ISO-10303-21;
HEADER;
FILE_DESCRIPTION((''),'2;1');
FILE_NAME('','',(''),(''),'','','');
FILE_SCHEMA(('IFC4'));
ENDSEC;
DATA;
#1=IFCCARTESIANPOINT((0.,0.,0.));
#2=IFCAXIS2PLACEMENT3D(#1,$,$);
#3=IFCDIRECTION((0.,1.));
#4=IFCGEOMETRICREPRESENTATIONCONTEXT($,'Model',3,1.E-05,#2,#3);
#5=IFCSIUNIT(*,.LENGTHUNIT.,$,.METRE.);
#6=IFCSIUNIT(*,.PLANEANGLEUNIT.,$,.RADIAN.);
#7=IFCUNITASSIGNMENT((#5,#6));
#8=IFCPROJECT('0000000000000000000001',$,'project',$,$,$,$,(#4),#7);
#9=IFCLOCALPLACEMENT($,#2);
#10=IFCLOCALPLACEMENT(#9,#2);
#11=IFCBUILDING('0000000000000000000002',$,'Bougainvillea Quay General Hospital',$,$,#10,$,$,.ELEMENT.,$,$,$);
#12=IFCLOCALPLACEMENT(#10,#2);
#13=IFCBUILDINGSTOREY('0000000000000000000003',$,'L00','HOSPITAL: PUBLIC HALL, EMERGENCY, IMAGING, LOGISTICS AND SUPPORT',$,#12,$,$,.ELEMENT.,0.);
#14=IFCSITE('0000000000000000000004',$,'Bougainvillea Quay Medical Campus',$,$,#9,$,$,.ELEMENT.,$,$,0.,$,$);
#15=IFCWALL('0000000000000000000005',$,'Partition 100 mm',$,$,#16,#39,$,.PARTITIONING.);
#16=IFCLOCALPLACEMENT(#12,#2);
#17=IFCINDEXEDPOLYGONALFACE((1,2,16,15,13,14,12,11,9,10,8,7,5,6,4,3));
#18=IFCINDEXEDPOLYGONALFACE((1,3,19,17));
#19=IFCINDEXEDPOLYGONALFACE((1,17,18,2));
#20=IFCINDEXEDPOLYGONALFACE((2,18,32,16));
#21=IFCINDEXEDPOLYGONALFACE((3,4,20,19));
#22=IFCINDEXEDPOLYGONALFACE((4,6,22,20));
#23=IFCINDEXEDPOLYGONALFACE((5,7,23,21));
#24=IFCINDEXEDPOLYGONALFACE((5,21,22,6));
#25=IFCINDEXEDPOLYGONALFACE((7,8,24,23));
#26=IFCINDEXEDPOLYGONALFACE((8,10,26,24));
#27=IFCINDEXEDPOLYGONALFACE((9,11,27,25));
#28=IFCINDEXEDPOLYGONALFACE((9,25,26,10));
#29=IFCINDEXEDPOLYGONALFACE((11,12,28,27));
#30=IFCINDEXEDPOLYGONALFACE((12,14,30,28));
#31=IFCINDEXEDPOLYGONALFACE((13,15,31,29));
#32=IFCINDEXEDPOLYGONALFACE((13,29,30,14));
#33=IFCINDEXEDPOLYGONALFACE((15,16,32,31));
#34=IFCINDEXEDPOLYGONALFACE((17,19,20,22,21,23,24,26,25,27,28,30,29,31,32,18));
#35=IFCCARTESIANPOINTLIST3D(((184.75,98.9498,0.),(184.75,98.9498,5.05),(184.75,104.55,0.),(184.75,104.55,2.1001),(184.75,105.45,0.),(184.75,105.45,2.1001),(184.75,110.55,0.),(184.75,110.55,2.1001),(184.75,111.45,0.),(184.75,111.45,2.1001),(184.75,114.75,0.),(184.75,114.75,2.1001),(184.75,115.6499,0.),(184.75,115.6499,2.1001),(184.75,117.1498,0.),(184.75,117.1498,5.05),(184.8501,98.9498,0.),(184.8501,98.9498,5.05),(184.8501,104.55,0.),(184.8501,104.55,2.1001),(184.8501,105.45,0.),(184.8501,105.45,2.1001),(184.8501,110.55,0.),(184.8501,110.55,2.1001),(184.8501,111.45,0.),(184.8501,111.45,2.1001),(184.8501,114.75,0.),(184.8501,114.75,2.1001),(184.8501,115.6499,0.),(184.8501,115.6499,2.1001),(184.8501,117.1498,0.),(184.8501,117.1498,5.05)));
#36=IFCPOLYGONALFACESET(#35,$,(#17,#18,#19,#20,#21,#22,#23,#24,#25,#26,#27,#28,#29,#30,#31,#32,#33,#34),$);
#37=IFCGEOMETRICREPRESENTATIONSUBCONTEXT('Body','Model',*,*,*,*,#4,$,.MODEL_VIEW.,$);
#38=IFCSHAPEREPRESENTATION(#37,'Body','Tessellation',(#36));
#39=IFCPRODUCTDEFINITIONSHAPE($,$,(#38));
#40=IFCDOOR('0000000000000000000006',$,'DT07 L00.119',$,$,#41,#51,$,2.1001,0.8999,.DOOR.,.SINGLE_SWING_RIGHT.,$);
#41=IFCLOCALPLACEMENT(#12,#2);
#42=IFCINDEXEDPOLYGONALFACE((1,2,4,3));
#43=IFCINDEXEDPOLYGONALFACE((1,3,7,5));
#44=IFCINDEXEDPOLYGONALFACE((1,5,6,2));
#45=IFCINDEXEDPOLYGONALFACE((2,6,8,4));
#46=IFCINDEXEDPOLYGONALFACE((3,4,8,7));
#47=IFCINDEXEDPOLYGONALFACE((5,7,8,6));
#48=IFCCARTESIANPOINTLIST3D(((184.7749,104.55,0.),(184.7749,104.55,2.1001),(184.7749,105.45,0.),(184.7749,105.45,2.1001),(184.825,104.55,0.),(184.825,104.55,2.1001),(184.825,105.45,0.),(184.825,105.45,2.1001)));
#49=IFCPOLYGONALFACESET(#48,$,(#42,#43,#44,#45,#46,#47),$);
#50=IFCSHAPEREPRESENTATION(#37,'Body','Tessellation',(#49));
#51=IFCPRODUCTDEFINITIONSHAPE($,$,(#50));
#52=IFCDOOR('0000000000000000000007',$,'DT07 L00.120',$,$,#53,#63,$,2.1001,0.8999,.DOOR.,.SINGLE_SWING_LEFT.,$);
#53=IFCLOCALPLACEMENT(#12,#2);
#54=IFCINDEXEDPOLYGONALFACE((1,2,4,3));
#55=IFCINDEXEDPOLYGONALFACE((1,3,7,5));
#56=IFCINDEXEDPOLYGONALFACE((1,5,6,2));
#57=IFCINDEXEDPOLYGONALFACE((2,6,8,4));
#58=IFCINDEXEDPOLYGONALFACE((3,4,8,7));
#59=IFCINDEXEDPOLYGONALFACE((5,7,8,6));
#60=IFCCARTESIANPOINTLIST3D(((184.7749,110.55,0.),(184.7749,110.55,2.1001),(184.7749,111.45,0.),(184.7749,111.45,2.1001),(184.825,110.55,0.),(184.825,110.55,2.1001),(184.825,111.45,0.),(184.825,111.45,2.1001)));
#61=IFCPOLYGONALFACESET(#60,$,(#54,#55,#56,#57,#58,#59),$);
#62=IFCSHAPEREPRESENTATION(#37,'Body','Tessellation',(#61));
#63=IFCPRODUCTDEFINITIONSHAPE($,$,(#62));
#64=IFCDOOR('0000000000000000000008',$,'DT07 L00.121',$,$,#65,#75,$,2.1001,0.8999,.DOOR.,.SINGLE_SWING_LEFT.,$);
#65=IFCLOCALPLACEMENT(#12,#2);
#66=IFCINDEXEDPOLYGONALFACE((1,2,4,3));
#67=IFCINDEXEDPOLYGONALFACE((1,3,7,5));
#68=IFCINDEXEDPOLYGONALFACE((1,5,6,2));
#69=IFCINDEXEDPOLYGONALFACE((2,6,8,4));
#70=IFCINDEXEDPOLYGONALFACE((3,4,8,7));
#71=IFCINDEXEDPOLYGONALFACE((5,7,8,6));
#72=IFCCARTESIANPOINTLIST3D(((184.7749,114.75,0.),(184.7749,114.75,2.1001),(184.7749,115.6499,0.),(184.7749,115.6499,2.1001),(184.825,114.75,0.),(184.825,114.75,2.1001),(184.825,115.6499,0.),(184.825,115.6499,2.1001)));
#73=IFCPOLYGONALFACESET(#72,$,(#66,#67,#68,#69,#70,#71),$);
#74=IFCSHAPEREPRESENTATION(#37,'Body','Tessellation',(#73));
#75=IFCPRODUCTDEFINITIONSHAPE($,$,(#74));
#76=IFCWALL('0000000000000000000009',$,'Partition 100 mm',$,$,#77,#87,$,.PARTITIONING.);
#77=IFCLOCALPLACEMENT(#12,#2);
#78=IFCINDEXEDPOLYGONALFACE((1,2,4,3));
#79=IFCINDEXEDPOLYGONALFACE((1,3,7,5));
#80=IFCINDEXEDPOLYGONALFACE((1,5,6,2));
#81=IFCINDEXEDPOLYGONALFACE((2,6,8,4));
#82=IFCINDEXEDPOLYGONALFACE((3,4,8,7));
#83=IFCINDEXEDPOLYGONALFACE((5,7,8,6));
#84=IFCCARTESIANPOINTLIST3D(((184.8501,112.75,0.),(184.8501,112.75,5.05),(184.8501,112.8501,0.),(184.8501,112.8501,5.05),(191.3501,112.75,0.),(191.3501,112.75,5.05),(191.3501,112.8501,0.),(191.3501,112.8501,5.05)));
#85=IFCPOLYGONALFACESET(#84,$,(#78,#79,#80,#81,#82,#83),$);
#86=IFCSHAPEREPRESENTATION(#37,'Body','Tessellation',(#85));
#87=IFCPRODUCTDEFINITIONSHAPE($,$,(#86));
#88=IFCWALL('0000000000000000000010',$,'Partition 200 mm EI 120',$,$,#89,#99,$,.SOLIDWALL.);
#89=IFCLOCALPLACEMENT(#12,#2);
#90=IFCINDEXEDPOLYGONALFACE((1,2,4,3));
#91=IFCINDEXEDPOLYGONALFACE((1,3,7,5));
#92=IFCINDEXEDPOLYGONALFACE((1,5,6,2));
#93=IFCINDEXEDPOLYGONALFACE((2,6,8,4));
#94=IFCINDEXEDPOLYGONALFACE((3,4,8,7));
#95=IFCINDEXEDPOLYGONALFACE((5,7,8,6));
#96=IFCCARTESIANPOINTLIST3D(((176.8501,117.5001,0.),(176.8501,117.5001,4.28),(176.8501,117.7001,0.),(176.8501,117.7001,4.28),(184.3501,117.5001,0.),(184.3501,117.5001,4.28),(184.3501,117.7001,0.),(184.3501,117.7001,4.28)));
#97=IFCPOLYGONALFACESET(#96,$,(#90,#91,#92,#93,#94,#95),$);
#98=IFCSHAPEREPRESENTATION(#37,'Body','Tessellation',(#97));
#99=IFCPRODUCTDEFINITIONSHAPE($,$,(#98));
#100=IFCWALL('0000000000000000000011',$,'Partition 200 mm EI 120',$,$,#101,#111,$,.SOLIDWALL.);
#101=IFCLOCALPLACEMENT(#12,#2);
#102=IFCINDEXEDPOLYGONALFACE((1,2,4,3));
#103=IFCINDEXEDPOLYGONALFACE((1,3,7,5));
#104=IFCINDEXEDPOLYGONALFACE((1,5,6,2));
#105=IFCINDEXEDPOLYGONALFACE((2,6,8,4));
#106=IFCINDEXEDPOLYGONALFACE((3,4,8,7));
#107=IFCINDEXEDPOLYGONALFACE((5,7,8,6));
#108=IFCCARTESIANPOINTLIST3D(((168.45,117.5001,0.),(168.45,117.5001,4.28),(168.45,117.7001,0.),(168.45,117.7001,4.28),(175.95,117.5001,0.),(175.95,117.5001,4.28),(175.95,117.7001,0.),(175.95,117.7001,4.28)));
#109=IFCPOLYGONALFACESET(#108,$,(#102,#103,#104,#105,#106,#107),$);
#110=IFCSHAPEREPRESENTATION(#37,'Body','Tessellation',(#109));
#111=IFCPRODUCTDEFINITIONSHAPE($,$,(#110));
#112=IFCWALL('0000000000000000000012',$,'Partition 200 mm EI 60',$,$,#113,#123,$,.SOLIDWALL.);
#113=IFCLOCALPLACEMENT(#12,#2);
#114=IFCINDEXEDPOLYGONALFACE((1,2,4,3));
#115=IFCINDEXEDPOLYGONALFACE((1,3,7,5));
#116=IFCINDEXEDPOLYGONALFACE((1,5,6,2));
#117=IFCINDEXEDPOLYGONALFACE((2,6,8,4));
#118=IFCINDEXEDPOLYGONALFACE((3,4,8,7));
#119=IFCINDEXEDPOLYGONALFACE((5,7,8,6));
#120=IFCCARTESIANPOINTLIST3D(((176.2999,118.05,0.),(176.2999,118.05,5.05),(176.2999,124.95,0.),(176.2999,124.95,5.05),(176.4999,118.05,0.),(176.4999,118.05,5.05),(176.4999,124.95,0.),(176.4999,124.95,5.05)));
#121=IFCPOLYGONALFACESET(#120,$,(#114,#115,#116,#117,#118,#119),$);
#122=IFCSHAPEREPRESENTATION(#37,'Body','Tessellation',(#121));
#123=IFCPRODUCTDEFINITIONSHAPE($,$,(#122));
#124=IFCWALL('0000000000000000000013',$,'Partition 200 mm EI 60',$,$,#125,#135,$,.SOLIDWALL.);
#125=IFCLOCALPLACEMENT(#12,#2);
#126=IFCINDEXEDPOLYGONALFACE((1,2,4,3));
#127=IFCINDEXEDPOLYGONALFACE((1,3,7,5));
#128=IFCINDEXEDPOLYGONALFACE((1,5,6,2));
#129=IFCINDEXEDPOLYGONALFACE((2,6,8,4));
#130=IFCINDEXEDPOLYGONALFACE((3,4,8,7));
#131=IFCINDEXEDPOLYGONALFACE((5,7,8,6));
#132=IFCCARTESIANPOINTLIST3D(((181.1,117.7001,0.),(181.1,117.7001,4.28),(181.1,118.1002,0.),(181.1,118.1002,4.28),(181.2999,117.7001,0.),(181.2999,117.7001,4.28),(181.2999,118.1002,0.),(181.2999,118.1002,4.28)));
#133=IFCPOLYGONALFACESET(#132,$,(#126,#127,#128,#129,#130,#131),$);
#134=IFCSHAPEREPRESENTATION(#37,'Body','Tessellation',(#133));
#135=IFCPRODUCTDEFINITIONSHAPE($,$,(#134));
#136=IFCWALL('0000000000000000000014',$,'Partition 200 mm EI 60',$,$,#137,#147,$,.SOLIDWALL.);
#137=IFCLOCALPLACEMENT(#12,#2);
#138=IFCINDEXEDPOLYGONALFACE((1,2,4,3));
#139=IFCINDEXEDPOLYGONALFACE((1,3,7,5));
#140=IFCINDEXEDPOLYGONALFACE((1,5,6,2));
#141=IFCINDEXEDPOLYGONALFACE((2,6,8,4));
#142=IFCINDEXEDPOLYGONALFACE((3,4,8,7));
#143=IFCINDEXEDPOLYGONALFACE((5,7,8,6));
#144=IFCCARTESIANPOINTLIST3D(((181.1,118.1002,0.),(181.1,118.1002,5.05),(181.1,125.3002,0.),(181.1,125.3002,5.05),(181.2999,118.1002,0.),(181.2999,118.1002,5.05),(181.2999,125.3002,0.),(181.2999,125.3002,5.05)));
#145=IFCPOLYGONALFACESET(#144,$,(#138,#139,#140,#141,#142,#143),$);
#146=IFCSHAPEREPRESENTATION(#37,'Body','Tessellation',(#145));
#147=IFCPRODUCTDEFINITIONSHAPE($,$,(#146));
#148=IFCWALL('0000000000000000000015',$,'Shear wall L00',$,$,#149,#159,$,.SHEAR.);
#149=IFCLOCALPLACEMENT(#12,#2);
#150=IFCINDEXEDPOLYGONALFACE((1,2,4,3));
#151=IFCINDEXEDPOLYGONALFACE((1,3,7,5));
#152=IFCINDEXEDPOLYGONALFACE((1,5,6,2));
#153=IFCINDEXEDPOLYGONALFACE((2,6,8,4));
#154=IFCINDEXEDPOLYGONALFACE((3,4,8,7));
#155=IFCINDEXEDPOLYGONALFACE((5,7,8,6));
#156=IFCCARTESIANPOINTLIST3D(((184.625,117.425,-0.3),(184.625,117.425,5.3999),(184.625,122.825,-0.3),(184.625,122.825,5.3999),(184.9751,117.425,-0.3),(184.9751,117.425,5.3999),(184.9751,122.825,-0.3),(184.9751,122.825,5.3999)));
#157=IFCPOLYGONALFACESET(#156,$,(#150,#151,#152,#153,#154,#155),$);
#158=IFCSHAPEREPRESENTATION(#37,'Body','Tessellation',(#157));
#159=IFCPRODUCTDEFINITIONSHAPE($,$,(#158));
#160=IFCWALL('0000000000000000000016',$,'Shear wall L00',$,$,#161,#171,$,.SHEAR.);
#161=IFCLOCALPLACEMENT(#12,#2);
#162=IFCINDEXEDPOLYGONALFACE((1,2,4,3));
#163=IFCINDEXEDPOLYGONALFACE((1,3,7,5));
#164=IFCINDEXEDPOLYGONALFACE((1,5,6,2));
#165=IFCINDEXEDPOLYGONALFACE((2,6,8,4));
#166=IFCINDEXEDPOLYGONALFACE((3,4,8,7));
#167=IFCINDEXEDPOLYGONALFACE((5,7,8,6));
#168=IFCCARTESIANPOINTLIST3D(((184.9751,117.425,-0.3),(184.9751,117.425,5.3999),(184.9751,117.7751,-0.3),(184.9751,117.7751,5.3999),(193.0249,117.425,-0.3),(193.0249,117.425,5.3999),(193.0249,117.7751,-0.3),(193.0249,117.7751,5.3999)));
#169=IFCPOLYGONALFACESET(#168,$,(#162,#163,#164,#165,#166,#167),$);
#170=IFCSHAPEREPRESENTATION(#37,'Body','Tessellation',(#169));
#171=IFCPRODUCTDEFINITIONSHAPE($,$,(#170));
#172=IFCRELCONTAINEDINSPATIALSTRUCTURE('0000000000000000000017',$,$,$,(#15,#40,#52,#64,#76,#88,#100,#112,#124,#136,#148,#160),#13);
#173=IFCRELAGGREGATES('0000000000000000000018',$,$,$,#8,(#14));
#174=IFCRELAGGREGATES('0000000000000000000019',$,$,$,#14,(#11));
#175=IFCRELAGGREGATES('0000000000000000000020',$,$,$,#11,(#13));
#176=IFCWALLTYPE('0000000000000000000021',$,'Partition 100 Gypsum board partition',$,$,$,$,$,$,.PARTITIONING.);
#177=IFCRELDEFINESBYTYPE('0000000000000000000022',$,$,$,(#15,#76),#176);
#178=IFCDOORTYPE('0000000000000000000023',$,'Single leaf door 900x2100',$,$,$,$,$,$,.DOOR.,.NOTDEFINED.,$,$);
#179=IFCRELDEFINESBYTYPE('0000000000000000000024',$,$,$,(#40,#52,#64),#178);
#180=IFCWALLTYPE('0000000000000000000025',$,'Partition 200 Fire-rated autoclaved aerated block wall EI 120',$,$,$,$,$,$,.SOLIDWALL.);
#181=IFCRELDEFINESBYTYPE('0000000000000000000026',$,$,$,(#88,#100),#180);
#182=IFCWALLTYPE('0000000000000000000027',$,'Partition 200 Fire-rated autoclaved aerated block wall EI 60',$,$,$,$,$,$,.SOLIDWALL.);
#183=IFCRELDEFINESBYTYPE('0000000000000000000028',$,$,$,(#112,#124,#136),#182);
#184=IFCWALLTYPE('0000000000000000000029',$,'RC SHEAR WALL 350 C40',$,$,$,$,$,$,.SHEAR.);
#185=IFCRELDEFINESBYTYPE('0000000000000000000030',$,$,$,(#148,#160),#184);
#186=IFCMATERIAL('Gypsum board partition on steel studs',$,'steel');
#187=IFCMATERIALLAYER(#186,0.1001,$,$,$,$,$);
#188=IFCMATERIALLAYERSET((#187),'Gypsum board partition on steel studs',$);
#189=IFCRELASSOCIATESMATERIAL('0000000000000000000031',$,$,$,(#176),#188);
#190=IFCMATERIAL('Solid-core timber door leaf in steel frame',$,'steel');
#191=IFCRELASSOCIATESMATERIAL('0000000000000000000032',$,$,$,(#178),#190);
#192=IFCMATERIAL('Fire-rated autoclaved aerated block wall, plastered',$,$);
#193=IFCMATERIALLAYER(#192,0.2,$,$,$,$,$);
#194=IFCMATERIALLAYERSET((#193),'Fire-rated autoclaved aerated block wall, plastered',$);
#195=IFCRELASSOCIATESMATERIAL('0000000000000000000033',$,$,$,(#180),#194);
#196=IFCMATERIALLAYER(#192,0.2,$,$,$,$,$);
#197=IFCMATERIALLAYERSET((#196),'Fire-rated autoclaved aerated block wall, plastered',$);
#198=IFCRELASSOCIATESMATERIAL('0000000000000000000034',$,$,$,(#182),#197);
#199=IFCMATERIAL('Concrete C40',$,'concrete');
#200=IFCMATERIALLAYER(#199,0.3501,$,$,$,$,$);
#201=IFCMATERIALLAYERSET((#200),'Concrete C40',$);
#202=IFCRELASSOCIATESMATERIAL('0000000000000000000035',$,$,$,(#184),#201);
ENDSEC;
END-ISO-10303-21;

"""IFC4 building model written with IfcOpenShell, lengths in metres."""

from ifc_helpers import new_model, si_unit, direction, frame, frame_2d, origin, place, context, subcontext, project, spatial, rectangle, extrude, material, layer, layer_set, type_object, element, fill, save


model = new_model("IFC4")

# Units and contexts
model_context = context("Model", 3, precision=1e-05, world=origin(), true_north=direction((0.0, 1.0)))
body_context = subcontext(model_context, "Body", "Model", "MODEL_VIEW")
ifc_project = project(units=[si_unit("LENGTHUNIT", "METRE"), si_unit("PLANEANGLEUNIT", "RADIAN")], contexts=[model_context])

# Site, building, storey
site_placement = place(None, origin())
site = spatial("IfcSite", under=ifc_project, at=site_placement, Name="Bougainvillea Quay Medical Campus", CompositionType="ELEMENT", RefElevation=0.0)
building_placement = place(site_placement, origin())
building = spatial("IfcBuilding", under=site, at=building_placement, Name="Bougainvillea Quay General Hospital", CompositionType="ELEMENT")
storey_placement = place(building_placement, origin())
storey = spatial("IfcBuildingStorey", under=building, at=storey_placement, Name="L00", Description="HOSPITAL: PUBLIC HALL, EMERGENCY, IMAGING, LOGISTICS AND SUPPORT", CompositionType="ELEMENT", Elevation=0.0)

# Shared definitions
ifc_material_1 = material(Name="Concrete C40", Category="concrete")

# Shared definitions
ifc_material_2 = material(Name="Gypsum board partition on steel studs", Category="steel")
ifc_layer_1 = layer(ifc_material_2, 0.1001)
ifc_layer_set_1 = layer_set([ifc_layer_1], Name="Gypsum board partition on steel studs")
wall_type_1 = type_object("IfcWallType", Name="Partition 100 Gypsum board partition", PredefinedType="PARTITIONING", material=ifc_layer_set_1)

# Wall, openings, doors
ifc_material_3 = material(Name="Solid-core timber door leaf in steel frame", Category="steel")
door_type_1 = type_object("IfcDoorType", Name="Single leaf door 900x2100", OperationType="NOTDEFINED", PredefinedType="DOOR", material=ifc_material_3)
wall_1_placement = place(storey_placement, frame((184.8, 117.1499, 0.0), z_axis=(0.0, 0.0, 1.0), x_axis=(0.0, -1.0, 0.0)))
wall_1 = element("IfcWall", 1, at=wall_1_placement, inside=storey, type_object=wall_type_1, Name="Partition 100 mm", PredefinedType="PARTITIONING", context=body_context, shape_type="SweptSolid", body=[
    extrude(rectangle(XDim=18.2, YDim=0.1001, at=frame_2d((9.1001, 0.0))), origin(), (0.0, 0.0, 1.0), 5.05),
])
opening_1_placement = place(wall_1_placement, frame((11.7, 0.0, 0.0)))
opening_1 = element("IfcOpeningElement", 2, at=opening_1_placement, cuts=wall_1, PredefinedType="OPENING", context=body_context, shape_type="SweptSolid", body=[
    extrude(rectangle(XDim=0.8999, YDim=2.1001, at=frame_2d((0.45, 1.05))), frame((0.0, 0.0601, 0.0), z_axis=(0.0, -1.0, 0.0), x_axis=(1.0, 0.0, 0.0)), (0.0, 0.0, 1.0), 0.1201),
])
opening_2_placement = place(wall_1_placement, frame((5.7, 0.0, 0.0)))
opening_2 = element("IfcOpeningElement", 3, at=opening_2_placement, cuts=wall_1, PredefinedType="OPENING", context=body_context, shape_type="SweptSolid", body=[
    extrude(rectangle(XDim=0.8999, YDim=2.1001, at=frame_2d((0.45, 1.05))), frame((0.0, 0.0601, 0.0), z_axis=(0.0, -1.0, 0.0), x_axis=(1.0, 0.0, 0.0)), (0.0, 0.0, 1.0), 0.1201),
])
opening_3_placement = place(wall_1_placement, frame((1.5, 0.0, 0.0)))
opening_3 = element("IfcOpeningElement", 4, at=opening_3_placement, cuts=wall_1, PredefinedType="OPENING", context=body_context, shape_type="SweptSolid", body=[
    extrude(rectangle(XDim=0.8999, YDim=2.1001, at=frame_2d((0.45, 1.05))), frame((0.0, 0.0601, 0.0), z_axis=(0.0, -1.0, 0.0), x_axis=(1.0, 0.0, 0.0)), (0.0, 0.0, 1.0), 0.1201),
])
door_1_placement = place(opening_1_placement, origin())
door_1 = element("IfcDoor", 5, at=door_1_placement, inside=storey, type_object=door_type_1, Name="DT07 L00.119", OperationType="SINGLE_SWING_RIGHT", OverallHeight=2.1001, OverallWidth=0.8999, PredefinedType="DOOR", context=body_context, shape_type="SweptSolid", body=[
    extrude(rectangle(XDim=0.8999, YDim=2.1001, at=frame_2d((0.45, 1.05))), frame((0.0, 0.0249, 0.0), z_axis=(0.0, -1.0, 0.0), x_axis=(1.0, 0.0, 0.0)), (0.0, 0.0, 1.0), 0.05),
])
fill(opening_1, door_1)
door_2_placement = place(opening_2_placement, origin())
door_2 = element("IfcDoor", 6, at=door_2_placement, inside=storey, type_object=door_type_1, Name="DT07 L00.120", OperationType="SINGLE_SWING_LEFT", OverallHeight=2.1001, OverallWidth=0.8999, PredefinedType="DOOR", context=body_context, shape_type="SweptSolid", body=[
    extrude(rectangle(XDim=0.8999, YDim=2.1001, at=frame_2d((0.45, 1.05))), frame((0.0, 0.0249, 0.0), z_axis=(0.0, -1.0, 0.0), x_axis=(1.0, 0.0, 0.0)), (0.0, 0.0, 1.0), 0.05),
])
fill(opening_2, door_2)
door_3_placement = place(opening_3_placement, origin())
door_3 = element("IfcDoor", 7, at=door_3_placement, inside=storey, type_object=door_type_1, Name="DT07 L00.121", OperationType="SINGLE_SWING_LEFT", OverallHeight=2.1001, OverallWidth=0.8999, PredefinedType="DOOR", context=body_context, shape_type="SweptSolid", body=[
    extrude(rectangle(XDim=0.8999, YDim=2.1001, at=frame_2d((0.45, 1.05))), frame((0.0, 0.0249, 0.0), z_axis=(0.0, -1.0, 0.0), x_axis=(1.0, 0.0, 0.0)), (0.0, 0.0, 1.0), 0.05),
])
fill(opening_3, door_3)

# Walls
wall_2_placement = place(storey_placement, frame((184.8501, 112.8, 0.0), z_axis=(0.0, 0.0, 1.0), x_axis=(1.0, 0.0, 0.0)))
element("IfcWall", 8, at=wall_2_placement, inside=storey, type_object=wall_type_1, Name="Partition 100 mm", PredefinedType="PARTITIONING", context=body_context, shape_type="SweptSolid", body=[
    extrude(rectangle(XDim=6.5, YDim=0.1001, at=frame_2d((3.25, 0.0))), origin(), (0.0, 0.0, 1.0), 5.05),
])
ifc_material_4 = material(Name="Fire-rated autoclaved aerated block wall, plastered")
ifc_layer_2 = layer(ifc_material_4, 0.2)
ifc_layer_set_2 = layer_set([ifc_layer_2], Name="Fire-rated autoclaved aerated block wall, plastered")
wall_type_2 = type_object("IfcWallType", Name="Partition 200 Fire-rated autoclaved aerated block wall EI 120", PredefinedType="SOLIDWALL", material=ifc_layer_set_2)
for number, where, z_axis, x_axis, name in (
    (9, (184.3501, 117.6001, 0.0), (0.0, 0.0, 1.0), (-1.0, 0.0, 0.0), "Partition 200 mm EI 120"),
    (10, (175.95, 117.6001, 0.0), (0.0, 0.0, 1.0), (-1.0, 0.0, 0.0), "Partition 200 mm EI 120"),
):
    element("IfcWall", number, at=place(storey_placement, frame(where, z_axis=z_axis, x_axis=x_axis)), inside=storey, type_object=wall_type_2, Name=name, PredefinedType="SOLIDWALL", context=body_context, shape_type="SweptSolid", body=[
        extrude(rectangle(XDim=7.5, YDim=0.2, at=frame_2d((3.75, 0.0))), origin(), (0.0, 0.0, 1.0), 4.28),
    ])
ifc_layer_3 = layer(ifc_material_4, 0.2)
ifc_layer_set_3 = layer_set([ifc_layer_3], Name="Fire-rated autoclaved aerated block wall, plastered")
wall_type_3 = type_object("IfcWallType", Name="Partition 200 Fire-rated autoclaved aerated block wall EI 60", PredefinedType="SOLIDWALL", material=ifc_layer_set_3)
wall_3_placement = place(storey_placement, frame((176.3999, 118.05, 0.0), z_axis=(0.0, 0.0, 1.0), x_axis=(0.0, 1.0, 0.0)))
element("IfcWall", 11, at=wall_3_placement, inside=storey, type_object=wall_type_3, Name="Partition 200 mm EI 60", PredefinedType="SOLIDWALL", context=body_context, shape_type="SweptSolid", body=[
    extrude(rectangle(XDim=6.8999, YDim=0.2, at=frame_2d((3.45, 0.0))), origin(), (0.0, 0.0, 1.0), 5.05),
])
wall_4_placement = place(storey_placement, frame((181.2, 117.7, 0.0), z_axis=(0.0, 0.0, 1.0), x_axis=(0.0, 1.0, 0.0)))
element("IfcWall", 12, at=wall_4_placement, inside=storey, type_object=wall_type_3, Name="Partition 200 mm EI 60", PredefinedType="SOLIDWALL", context=body_context, shape_type="SweptSolid", body=[
    extrude(rectangle(XDim=0.4001, YDim=0.2, at=frame_2d((0.2002, 0.0))), origin(), (0.0, 0.0, 1.0), 4.28),
])
wall_5_placement = place(storey_placement, frame((181.2, 118.1001, 0.0), z_axis=(0.0, 0.0, 1.0), x_axis=(0.0, 1.0, 0.0)))
element("IfcWall", 13, at=wall_5_placement, inside=storey, type_object=wall_type_3, Name="Partition 200 mm EI 60", PredefinedType="SOLIDWALL", context=body_context, shape_type="SweptSolid", body=[
    extrude(rectangle(XDim=7.2, YDim=0.2, at=frame_2d((3.6001, 0.0))), origin(), (0.0, 0.0, 1.0), 5.05),
])
ifc_layer_4 = layer(ifc_material_1, 0.3501)
ifc_layer_set_4 = layer_set([ifc_layer_4], Name="Concrete C40")
wall_type_4 = type_object("IfcWallType", Name="RC SHEAR WALL 350 C40", PredefinedType="SHEAR", material=ifc_layer_set_4)
wall_6_placement = place(storey_placement, frame((184.8, 117.425, -0.3), z_axis=(0.0, 0.0, 1.0), x_axis=(0.0, 1.0, 0.0)))
element("IfcWall", 14, at=wall_6_placement, inside=storey, type_object=wall_type_4, Name="Shear wall L00", PredefinedType="SHEAR", context=body_context, shape_type="SweptSolid", body=[
    extrude(rectangle(XDim=5.3999, YDim=0.3501, at=frame_2d((2.7, 0.0))), origin(), (0.0, 0.0, 1.0), 5.7),
])
wall_7_placement = place(storey_placement, frame((184.9751, 117.6001, -0.3), z_axis=(0.0, 0.0, 1.0), x_axis=(1.0, 0.0, 0.0)))
element("IfcWall", 15, at=wall_7_placement, inside=storey, type_object=wall_type_4, Name="Shear wall L00", PredefinedType="SHEAR", context=body_context, shape_type="SweptSolid", body=[
    extrude(rectangle(XDim=8.0498, YDim=0.3501, at=frame_2d((4.0249, 0.0))), origin(), (0.0, 0.0, 1.0), 5.7),
])

save(model, "model.ifc")
